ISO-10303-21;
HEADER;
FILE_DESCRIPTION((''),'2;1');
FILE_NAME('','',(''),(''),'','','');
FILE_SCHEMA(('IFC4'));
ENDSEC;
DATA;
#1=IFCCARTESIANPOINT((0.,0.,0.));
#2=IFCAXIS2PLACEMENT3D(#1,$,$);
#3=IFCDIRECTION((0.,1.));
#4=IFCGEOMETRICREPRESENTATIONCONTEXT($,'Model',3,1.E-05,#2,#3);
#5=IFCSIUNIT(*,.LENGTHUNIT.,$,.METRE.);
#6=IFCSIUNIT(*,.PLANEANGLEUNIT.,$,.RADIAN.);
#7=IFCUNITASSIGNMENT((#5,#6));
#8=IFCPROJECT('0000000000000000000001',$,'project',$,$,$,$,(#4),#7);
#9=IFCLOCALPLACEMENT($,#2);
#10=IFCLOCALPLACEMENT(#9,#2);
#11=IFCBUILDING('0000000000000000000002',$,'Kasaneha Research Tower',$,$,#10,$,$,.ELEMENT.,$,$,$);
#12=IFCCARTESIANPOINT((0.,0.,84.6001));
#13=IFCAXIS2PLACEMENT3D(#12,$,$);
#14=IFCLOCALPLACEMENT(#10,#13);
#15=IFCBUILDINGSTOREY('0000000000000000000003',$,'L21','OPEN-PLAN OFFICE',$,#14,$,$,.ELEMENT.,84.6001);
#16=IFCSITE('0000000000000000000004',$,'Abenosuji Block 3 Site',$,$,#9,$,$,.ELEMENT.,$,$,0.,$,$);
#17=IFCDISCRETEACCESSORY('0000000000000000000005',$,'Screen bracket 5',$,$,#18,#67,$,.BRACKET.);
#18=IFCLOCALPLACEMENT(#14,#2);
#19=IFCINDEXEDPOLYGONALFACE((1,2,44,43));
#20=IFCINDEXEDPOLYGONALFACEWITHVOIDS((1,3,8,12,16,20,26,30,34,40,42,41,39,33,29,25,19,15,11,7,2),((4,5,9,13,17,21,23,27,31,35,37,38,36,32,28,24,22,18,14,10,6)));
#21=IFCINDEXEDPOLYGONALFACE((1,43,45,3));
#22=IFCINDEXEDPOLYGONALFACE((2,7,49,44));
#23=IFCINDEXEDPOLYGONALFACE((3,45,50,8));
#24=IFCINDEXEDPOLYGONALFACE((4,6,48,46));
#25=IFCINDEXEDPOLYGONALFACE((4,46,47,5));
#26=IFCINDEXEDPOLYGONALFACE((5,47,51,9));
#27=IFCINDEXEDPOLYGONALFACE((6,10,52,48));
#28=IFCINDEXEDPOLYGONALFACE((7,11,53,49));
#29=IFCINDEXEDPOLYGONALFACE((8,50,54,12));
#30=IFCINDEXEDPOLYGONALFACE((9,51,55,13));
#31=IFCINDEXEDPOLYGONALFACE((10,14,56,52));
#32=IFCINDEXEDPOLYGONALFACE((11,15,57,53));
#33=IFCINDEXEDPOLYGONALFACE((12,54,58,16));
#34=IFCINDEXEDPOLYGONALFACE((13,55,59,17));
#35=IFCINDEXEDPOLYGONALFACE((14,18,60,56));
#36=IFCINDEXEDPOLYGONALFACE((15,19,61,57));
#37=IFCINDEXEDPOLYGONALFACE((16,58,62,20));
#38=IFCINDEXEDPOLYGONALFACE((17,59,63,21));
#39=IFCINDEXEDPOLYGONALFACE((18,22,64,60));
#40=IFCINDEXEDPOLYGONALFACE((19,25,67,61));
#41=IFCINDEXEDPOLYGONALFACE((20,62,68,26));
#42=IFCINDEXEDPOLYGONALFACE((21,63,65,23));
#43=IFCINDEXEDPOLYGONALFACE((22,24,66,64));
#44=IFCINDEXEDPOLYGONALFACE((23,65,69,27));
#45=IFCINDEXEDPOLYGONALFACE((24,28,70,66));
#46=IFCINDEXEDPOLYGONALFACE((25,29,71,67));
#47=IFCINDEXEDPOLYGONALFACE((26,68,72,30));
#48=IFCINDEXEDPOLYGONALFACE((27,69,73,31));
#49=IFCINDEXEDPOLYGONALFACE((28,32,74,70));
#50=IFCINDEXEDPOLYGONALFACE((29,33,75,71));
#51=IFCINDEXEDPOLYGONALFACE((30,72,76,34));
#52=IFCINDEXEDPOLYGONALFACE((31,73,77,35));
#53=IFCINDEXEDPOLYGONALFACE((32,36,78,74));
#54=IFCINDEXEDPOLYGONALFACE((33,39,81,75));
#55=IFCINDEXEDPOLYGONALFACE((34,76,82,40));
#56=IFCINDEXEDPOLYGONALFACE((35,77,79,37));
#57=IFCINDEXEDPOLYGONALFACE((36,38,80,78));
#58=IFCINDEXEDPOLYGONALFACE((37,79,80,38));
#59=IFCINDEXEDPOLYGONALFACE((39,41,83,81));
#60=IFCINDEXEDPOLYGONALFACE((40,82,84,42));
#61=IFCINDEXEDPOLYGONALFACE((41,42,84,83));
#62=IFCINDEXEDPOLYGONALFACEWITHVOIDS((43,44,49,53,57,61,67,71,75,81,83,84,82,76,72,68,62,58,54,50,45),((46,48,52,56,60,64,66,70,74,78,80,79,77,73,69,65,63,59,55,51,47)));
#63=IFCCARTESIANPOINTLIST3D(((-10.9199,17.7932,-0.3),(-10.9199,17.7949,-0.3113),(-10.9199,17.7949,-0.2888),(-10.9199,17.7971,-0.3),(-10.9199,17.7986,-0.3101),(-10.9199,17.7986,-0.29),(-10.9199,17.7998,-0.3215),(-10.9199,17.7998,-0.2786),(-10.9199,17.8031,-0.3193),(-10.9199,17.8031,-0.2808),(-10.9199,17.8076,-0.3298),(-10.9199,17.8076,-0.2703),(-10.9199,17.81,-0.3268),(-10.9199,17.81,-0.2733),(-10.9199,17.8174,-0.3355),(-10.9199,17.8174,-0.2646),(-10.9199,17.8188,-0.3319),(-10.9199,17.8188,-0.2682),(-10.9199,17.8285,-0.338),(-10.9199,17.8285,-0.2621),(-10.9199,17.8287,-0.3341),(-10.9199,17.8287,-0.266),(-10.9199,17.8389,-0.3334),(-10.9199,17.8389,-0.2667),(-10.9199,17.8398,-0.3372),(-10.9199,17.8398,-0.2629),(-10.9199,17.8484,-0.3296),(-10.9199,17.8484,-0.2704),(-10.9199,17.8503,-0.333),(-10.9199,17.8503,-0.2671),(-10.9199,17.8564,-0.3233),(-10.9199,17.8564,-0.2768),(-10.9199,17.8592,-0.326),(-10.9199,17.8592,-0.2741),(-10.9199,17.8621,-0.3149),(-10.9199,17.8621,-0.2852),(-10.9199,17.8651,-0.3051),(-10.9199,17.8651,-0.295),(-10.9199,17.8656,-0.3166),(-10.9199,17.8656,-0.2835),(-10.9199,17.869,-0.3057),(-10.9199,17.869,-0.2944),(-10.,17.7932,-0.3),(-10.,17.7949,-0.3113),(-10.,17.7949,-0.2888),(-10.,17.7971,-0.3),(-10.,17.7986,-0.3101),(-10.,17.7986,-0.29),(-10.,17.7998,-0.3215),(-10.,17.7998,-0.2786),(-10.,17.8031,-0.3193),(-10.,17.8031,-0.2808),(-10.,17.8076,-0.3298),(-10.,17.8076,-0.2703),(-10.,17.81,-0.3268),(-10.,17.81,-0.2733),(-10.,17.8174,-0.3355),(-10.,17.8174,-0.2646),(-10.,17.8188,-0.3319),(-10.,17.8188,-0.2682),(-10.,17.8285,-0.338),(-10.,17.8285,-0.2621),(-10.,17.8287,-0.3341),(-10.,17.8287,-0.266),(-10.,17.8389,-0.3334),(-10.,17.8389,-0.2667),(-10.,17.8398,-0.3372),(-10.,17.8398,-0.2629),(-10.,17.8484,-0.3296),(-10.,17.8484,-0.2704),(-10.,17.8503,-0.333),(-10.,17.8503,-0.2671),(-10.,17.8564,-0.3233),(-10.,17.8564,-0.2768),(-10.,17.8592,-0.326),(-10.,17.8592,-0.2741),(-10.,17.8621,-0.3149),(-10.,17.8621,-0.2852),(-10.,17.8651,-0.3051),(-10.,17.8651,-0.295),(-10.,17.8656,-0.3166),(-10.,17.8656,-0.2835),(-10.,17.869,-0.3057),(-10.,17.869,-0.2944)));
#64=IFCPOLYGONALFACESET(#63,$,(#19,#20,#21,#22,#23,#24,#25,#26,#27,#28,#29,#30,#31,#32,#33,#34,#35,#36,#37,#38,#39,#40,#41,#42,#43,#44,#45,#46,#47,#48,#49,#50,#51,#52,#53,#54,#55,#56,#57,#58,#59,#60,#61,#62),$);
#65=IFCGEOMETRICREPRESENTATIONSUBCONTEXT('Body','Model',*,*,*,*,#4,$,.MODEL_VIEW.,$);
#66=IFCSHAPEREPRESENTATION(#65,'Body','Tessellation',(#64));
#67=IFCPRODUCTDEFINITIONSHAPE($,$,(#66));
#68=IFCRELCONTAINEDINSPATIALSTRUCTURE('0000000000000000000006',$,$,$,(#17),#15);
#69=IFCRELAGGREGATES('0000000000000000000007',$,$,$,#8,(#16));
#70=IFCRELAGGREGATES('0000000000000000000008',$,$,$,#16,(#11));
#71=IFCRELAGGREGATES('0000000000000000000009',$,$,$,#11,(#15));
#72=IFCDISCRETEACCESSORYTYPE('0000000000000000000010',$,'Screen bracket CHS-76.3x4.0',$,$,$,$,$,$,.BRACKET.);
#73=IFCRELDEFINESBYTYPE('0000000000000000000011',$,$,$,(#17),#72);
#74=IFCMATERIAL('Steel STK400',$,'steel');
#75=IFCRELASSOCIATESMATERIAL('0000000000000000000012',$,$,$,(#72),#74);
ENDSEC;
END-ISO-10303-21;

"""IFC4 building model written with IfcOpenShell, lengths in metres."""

from ifc_helpers import new_model, si_unit, direction, frame, origin, origin_2d, place, context, subcontext, project, spatial, hollow_circle, extrude, material, material_profile, profile_set, type_object, element, save


model = new_model("IFC4")

# Units and contexts
model_context = context("Model", 3, precision=1e-05, world=origin(), true_north=direction((0.0, 1.0)))
body_context = subcontext(model_context, "Body", "Model", "MODEL_VIEW")
ifc_project = project(units=[si_unit("LENGTHUNIT", "METRE"), si_unit("PLANEANGLEUNIT", "RADIAN")], contexts=[model_context])

# Site, building, storey
site_placement = place(None, origin())
site = spatial("IfcSite", under=ifc_project, at=site_placement, Name="Abenosuji Block 3 Site", CompositionType="ELEMENT", RefElevation=0.0)
building_placement = place(site_placement, origin())
building = spatial("IfcBuilding", under=site, at=building_placement, Name="Kasaneha Research Tower", CompositionType="ELEMENT")
storey_placement = place(building_placement, frame((0.0, 0.0, 84.6001)))
storey = spatial("IfcBuildingStorey", under=building, at=storey_placement, Name="L21", Description="OPEN-PLAN OFFICE", CompositionType="ELEMENT", Elevation=84.6001)

# Discrete accessory
ifc_material_1 = material(Name="Steel STK400", Category="steel")
ifc_material_profile_1 = material_profile(ifc_material_1, hollow_circle(Radius=0.0381, WallThickness=0.0039, at=origin_2d()), Name="CHS-76.3x4.0")
ifc_profile_set_1 = profile_set([ifc_material_profile_1], Name="Steel STK400")
discrete_accessory_type = type_object("IfcDiscreteAccessoryType", Name="Screen bracket CHS-76.3x4.0", PredefinedType="BRACKET", material=ifc_profile_set_1)
for number, where, z_axis, x_axis, name in (
    (1, (-10.0, 17.8313, -0.3), (-1.0, 0.0, 0.0), (0.0, -1.0, 0.0), "Screen bracket 5"),
):
    element("IfcDiscreteAccessory", number, at=place(storey_placement, frame(where, z_axis=z_axis, x_axis=x_axis)), inside=storey, type_object=discrete_accessory_type, Name=name, PredefinedType="BRACKET", context=body_context, shape_type="SweptSolid", body=[
        extrude(hollow_circle(Radius=0.0381, WallThickness=0.0039, at=origin_2d()), origin(), (0.0, 0.0, 1.0), 0.9199),
    ])

save(model, "model.ifc")
